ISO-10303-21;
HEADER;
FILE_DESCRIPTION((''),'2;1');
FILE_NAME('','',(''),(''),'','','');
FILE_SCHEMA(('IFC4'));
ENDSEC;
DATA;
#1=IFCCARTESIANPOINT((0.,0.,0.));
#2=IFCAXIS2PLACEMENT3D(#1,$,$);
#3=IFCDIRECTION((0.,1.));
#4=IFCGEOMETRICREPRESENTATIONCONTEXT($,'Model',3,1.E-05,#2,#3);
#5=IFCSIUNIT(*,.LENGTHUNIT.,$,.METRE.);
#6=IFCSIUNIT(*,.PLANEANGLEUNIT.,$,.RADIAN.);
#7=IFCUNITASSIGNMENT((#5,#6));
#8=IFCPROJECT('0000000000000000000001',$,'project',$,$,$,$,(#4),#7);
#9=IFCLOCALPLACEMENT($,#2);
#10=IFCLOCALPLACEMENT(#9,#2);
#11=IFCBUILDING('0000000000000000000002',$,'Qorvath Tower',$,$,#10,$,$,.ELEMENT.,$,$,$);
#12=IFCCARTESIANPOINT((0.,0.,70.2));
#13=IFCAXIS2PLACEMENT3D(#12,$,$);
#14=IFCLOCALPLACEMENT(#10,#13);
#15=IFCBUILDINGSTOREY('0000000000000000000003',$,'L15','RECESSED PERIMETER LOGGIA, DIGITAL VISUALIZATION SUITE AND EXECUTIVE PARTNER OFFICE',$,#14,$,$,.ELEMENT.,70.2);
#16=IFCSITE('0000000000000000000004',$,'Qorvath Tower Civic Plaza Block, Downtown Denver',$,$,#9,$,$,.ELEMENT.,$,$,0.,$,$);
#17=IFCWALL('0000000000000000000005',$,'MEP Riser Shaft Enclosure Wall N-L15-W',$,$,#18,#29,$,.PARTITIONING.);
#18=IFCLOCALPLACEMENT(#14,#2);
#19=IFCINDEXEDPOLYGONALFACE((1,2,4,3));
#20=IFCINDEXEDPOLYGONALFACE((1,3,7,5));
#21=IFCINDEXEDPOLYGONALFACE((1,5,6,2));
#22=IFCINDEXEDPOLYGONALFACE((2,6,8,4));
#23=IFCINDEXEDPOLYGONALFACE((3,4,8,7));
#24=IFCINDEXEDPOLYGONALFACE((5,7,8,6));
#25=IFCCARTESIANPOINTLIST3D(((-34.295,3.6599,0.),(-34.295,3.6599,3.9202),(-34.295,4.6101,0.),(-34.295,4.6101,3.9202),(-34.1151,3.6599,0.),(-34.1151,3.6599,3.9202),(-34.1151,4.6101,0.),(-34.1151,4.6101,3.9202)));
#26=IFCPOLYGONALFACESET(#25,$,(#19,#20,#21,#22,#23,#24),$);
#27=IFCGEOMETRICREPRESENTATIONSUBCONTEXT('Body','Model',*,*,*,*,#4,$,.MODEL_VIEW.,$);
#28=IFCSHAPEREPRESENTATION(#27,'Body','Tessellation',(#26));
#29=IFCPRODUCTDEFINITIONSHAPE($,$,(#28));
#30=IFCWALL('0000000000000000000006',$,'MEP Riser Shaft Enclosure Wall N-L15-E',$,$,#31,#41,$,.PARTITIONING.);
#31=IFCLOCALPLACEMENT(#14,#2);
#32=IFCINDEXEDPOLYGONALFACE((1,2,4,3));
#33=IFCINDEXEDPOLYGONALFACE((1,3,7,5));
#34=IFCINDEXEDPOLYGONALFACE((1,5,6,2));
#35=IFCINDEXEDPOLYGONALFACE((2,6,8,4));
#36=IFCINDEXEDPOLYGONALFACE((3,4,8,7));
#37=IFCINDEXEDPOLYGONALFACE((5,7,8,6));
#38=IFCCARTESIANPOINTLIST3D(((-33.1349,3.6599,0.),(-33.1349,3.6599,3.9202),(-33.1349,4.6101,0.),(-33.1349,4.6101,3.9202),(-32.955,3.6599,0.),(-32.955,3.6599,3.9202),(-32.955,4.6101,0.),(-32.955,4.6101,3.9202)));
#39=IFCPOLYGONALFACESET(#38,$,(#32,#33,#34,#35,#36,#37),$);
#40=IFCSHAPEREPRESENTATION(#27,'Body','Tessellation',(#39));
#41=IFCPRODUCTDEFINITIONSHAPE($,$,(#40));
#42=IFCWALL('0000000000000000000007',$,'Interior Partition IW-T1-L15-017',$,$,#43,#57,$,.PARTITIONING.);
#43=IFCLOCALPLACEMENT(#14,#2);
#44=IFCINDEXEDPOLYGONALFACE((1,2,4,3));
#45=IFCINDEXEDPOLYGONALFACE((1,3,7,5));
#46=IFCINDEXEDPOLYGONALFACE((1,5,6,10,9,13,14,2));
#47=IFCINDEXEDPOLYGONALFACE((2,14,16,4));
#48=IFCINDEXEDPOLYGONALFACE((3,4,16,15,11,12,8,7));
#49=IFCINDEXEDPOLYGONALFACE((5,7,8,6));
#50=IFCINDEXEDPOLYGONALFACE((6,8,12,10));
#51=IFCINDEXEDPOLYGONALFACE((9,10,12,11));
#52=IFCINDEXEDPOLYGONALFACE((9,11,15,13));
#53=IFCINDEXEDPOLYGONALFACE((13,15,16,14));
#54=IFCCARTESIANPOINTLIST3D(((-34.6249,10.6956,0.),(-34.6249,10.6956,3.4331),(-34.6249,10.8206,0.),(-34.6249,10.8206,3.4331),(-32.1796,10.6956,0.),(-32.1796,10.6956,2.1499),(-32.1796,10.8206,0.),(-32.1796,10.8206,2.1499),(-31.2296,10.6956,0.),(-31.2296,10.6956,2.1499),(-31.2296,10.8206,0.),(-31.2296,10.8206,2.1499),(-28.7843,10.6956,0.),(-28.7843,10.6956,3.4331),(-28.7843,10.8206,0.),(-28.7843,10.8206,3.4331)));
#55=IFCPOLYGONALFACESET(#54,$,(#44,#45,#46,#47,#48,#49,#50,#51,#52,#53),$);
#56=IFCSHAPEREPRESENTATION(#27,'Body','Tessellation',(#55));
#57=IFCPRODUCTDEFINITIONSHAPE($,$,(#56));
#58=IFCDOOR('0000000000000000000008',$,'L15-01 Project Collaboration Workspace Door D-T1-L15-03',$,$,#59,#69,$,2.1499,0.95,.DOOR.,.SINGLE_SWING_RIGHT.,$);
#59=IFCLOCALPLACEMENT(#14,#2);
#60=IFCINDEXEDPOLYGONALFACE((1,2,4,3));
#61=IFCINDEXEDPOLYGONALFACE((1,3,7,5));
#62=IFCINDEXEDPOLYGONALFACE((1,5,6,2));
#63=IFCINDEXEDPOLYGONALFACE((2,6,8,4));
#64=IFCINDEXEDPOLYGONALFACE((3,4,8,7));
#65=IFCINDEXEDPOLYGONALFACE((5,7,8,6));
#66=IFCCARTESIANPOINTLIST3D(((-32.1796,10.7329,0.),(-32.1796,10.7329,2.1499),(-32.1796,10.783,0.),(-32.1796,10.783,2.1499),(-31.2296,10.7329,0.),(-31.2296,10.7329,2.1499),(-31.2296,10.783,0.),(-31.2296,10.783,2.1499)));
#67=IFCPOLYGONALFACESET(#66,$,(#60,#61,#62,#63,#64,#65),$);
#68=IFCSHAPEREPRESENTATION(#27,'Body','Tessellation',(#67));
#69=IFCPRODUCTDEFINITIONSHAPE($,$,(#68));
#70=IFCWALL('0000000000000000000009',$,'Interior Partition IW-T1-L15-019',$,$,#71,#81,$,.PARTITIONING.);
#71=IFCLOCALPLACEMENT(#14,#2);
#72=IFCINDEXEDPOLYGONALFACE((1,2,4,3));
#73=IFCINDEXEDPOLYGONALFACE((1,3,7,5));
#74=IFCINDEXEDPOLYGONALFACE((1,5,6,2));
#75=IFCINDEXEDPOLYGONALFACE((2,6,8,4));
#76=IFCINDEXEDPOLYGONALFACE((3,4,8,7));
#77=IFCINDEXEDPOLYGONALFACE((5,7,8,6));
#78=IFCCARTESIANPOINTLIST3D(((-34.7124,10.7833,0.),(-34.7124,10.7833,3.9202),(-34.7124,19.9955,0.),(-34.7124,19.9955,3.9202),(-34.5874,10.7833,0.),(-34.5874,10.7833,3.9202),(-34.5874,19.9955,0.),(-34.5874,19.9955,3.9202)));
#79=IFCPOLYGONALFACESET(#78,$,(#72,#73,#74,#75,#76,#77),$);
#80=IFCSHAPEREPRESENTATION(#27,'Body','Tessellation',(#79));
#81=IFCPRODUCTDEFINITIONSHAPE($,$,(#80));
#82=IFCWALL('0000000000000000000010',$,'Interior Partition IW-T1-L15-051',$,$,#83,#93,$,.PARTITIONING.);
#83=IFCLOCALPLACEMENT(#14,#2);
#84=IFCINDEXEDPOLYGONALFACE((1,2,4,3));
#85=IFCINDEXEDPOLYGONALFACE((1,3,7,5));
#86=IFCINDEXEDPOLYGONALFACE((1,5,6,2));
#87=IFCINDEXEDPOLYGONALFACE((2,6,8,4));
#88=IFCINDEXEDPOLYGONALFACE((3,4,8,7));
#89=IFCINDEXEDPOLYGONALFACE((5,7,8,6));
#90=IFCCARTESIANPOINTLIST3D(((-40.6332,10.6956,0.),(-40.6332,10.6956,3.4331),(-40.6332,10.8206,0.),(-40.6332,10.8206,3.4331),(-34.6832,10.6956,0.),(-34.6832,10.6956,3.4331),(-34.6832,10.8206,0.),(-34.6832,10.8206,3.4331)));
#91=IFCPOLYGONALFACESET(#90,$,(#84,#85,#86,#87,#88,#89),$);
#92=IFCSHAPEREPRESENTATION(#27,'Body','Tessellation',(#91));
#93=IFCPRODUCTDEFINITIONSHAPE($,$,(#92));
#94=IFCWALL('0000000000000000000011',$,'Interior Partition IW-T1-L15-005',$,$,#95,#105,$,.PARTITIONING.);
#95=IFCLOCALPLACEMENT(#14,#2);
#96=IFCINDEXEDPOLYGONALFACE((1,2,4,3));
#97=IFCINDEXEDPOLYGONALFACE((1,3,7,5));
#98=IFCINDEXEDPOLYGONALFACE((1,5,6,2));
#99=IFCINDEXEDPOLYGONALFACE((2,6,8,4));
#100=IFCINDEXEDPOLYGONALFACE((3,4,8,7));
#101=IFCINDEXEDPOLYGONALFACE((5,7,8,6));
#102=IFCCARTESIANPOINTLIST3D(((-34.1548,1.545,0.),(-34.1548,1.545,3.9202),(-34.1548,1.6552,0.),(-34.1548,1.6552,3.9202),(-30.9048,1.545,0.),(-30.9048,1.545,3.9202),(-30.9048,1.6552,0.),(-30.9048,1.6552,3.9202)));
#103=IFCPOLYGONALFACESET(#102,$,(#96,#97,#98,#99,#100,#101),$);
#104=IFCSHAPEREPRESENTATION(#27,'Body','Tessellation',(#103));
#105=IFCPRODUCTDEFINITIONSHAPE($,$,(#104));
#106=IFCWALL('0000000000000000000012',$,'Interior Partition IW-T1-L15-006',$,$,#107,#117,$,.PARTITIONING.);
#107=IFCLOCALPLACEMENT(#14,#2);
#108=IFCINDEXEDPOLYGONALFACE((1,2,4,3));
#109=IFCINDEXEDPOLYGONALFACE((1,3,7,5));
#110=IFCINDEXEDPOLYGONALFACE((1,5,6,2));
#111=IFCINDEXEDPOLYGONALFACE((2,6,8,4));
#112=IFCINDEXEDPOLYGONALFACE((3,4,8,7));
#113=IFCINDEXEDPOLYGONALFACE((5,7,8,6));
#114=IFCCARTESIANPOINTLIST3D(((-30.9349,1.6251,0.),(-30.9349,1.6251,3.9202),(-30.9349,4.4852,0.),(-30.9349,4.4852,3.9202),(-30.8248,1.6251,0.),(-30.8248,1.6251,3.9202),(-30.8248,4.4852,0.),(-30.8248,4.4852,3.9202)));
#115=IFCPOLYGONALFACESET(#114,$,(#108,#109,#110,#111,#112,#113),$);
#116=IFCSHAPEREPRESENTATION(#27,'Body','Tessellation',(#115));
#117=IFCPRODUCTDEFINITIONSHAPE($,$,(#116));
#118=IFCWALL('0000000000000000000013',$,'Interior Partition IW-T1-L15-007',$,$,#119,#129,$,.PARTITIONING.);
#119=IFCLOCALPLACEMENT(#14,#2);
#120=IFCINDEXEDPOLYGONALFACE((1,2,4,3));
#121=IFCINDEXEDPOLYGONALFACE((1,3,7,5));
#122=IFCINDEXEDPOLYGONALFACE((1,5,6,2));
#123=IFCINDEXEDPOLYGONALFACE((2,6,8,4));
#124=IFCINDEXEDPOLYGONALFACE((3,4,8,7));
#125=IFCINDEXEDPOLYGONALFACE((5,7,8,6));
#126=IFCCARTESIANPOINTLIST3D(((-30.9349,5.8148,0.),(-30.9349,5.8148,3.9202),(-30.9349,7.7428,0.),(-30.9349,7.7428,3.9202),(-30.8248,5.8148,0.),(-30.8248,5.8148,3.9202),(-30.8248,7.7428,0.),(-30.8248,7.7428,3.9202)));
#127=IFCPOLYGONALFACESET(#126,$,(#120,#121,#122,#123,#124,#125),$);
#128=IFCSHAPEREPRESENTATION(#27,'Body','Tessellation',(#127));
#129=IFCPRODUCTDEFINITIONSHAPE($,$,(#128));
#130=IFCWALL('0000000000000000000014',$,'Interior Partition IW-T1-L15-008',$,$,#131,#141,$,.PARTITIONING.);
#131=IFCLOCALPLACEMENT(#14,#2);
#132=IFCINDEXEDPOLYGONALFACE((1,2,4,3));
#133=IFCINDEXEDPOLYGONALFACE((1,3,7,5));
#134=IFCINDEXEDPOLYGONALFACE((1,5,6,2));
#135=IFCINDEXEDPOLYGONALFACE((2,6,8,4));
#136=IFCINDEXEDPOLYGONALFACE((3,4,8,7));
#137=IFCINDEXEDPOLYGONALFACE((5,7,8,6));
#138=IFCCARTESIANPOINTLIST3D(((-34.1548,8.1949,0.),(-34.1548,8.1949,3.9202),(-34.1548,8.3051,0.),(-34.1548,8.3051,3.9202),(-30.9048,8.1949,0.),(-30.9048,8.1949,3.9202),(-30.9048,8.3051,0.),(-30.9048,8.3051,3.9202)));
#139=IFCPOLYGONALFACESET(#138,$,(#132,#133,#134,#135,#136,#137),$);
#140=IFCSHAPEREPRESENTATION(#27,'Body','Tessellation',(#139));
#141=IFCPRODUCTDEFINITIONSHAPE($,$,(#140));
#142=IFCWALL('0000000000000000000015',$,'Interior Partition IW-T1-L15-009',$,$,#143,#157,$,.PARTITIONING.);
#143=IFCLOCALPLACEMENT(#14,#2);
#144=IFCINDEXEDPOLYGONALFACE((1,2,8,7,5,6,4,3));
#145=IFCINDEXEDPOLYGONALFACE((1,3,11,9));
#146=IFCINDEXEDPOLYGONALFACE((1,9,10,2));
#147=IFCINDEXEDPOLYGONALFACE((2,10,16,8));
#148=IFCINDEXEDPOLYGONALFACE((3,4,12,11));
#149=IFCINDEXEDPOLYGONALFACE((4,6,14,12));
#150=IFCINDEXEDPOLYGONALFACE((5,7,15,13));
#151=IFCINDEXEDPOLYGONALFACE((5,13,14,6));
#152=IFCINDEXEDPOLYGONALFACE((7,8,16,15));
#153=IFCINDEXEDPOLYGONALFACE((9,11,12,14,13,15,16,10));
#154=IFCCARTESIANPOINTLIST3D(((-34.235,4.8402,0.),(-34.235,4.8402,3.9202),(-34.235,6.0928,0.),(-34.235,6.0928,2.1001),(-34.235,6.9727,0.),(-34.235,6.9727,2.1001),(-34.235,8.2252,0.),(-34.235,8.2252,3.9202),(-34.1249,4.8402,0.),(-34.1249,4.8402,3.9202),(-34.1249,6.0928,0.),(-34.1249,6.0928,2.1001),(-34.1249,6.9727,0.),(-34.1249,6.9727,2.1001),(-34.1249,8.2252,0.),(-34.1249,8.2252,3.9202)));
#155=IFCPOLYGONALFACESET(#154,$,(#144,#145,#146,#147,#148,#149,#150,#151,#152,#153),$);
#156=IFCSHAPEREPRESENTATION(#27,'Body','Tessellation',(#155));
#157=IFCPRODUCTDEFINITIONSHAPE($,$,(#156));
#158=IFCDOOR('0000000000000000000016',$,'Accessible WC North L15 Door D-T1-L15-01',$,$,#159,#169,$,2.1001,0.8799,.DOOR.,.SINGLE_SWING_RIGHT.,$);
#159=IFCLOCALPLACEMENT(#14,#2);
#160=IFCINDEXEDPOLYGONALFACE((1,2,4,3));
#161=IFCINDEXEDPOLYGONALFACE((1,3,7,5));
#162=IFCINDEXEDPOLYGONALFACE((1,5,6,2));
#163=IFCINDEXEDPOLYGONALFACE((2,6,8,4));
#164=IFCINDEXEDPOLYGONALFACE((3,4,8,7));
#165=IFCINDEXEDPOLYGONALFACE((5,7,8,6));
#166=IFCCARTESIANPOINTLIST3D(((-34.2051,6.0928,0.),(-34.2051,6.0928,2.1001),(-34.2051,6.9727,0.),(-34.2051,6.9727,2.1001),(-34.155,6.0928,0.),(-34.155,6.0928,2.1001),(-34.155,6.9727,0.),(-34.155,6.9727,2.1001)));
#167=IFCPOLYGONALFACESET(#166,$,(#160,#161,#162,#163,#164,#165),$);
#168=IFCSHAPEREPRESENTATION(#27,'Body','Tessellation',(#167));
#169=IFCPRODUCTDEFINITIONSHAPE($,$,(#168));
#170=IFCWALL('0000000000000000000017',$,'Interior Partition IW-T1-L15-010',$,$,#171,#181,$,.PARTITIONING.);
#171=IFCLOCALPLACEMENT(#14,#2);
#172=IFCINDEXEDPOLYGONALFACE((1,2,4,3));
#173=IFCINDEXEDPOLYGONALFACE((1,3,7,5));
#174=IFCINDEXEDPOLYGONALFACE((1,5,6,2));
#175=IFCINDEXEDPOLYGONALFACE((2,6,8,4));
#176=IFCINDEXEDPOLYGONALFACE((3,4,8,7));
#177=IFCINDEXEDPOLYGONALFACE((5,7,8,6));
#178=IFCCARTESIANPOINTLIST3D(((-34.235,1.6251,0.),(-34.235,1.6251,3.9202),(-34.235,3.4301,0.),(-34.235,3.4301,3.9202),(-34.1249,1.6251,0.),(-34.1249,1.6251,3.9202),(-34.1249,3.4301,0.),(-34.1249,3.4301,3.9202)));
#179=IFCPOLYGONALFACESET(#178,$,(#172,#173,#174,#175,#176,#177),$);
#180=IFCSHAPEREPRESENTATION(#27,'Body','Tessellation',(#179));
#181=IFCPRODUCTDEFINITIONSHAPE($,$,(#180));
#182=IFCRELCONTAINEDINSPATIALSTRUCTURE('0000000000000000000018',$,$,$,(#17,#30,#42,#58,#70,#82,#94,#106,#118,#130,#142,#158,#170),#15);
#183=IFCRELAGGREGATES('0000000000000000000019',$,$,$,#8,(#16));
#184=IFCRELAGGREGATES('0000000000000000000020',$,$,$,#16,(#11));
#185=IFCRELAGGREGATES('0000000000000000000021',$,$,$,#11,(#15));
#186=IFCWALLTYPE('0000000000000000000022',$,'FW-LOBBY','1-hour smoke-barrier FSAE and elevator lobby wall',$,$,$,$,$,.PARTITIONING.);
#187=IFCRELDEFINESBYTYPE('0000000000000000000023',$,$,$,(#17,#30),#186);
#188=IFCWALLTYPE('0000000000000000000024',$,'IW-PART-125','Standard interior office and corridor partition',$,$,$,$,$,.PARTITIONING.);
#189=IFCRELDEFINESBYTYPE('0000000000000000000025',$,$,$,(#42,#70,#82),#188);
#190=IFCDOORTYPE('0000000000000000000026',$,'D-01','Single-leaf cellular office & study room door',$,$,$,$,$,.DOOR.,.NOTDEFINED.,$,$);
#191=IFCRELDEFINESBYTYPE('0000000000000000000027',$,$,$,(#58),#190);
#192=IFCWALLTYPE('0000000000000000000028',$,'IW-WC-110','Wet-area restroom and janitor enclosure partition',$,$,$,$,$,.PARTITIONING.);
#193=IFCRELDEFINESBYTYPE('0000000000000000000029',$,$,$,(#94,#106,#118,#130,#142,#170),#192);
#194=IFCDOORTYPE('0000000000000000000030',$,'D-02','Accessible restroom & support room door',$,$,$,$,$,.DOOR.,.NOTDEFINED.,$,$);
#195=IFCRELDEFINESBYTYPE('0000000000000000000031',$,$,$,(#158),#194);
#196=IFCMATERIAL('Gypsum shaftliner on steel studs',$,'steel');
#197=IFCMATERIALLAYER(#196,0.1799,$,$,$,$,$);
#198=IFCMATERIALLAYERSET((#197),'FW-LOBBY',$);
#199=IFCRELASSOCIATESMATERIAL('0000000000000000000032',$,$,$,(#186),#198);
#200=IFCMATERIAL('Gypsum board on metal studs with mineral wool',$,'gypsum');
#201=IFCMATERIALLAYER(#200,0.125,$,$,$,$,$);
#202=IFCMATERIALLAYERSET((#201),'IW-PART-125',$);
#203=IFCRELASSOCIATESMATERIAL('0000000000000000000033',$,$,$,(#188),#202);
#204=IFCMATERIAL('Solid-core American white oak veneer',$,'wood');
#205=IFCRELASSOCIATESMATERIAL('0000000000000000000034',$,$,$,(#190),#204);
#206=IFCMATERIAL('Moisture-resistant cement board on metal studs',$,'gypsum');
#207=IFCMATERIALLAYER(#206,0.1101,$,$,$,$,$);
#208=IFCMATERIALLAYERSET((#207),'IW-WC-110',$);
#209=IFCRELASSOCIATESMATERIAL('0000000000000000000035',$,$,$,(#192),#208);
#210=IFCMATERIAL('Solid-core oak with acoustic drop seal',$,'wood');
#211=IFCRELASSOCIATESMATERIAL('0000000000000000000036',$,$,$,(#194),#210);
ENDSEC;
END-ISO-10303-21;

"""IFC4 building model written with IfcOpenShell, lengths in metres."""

from ifc_helpers import new_model, si_unit, direction, frame, frame_2d, origin, place, context, subcontext, project, spatial, rectangle, extrude, material, layer, layer_set, type_object, element, fill, save


model = new_model("IFC4")

# Units and contexts
model_context = context("Model", 3, precision=1e-05, world=origin(), true_north=direction((0.0, 1.0)))
body_context = subcontext(model_context, "Body", "Model", "MODEL_VIEW")
ifc_project = project(units=[si_unit("LENGTHUNIT", "METRE"), si_unit("PLANEANGLEUNIT", "RADIAN")], contexts=[model_context])

# Site, building, storey
site_placement = place(None, origin())
site = spatial("IfcSite", under=ifc_project, at=site_placement, Name="Qorvath Tower Civic Plaza Block, Downtown Denver", CompositionType="ELEMENT", RefElevation=0.0)
building_placement = place(site_placement, origin())
building = spatial("IfcBuilding", under=site, at=building_placement, Name="Qorvath Tower", CompositionType="ELEMENT")
storey_placement = place(building_placement, frame((0.0, 0.0, 70.2)))
storey = spatial("IfcBuildingStorey", under=building, at=storey_placement, Name="L15", Description="RECESSED PERIMETER LOGGIA, DIGITAL VISUALIZATION SUITE AND EXECUTIVE PARTNER OFFICE", CompositionType="ELEMENT", Elevation=70.2)

# Walls
ifc_material_1 = material(Name="Gypsum shaftliner on steel studs", Category="steel")
ifc_layer_1 = layer(ifc_material_1, 0.1799)
ifc_layer_set_1 = layer_set([ifc_layer_1], Name="FW-LOBBY")
wall_type_1 = type_object("IfcWallType", Name="FW-LOBBY", Description="1-hour smoke-barrier FSAE and elevator lobby wall", PredefinedType="PARTITIONING", material=ifc_layer_set_1)
for number, where, z_axis, x_axis, name in (
    (1, (-34.2051, 3.6599, 0.0), (0.0, 0.0, 1.0), (0.0, 1.0, 0.0), "MEP Riser Shaft Enclosure Wall N-L15-W"),
    (2, (-33.0449, 4.6101, 0.0), (0.0, 0.0, 1.0), (0.0, -1.0, 0.0), "MEP Riser Shaft Enclosure Wall N-L15-E"),
):
    element("IfcWall", number, at=place(storey_placement, frame(where, z_axis=z_axis, x_axis=x_axis)), inside=storey, type_object=wall_type_1, Name=name, PredefinedType="PARTITIONING", context=body_context, shape_type="SweptSolid", body=[
        extrude(rectangle(XDim=0.9502, YDim=0.1799, at=frame_2d((0.4751, 0.0))), origin(), (0.0, 0.0, 1.0), 3.9202),
    ])

# Wall, opening, door
ifc_material_2 = material(Name="Gypsum board on metal studs with mineral wool", Category="gypsum")
ifc_layer_2 = layer(ifc_material_2, 0.125)
ifc_layer_set_2 = layer_set([ifc_layer_2], Name="IW-PART-125")
wall_type_2 = type_object("IfcWallType", Name="IW-PART-125", Description="Standard interior office and corridor partition", PredefinedType="PARTITIONING", material=ifc_layer_set_2)
wall_1_placement = place(storey_placement, frame((-34.625, 10.7581, 0.0), z_axis=(0.0, 0.0, 1.0), x_axis=(1.0, 0.0, 0.0)))
wall_1 = element("IfcWall", 3, at=wall_1_placement, inside=storey, type_object=wall_type_2, Name="Interior Partition IW-T1-L15-017", PredefinedType="PARTITIONING", context=body_context, shape_type="SweptSolid", body=[
    extrude(rectangle(XDim=5.8406, YDim=0.125, at=frame_2d((2.9204, 0.0))), origin(), (0.0, 0.0, 1.0), 3.4331),
])
opening_1_placement = place(wall_1_placement, frame((2.4453, 0.0, 0.0)))
opening_1 = element("IfcOpeningElement", 4, at=opening_1_placement, cuts=wall_1, PredefinedType="OPENING", context=body_context, shape_type="SweptSolid", body=[
    extrude(rectangle(XDim=0.95, YDim=2.1499, at=frame_2d((0.4751, 1.075))), frame((0.0, 0.0725, 0.0), z_axis=(0.0, -1.0, 0.0), x_axis=(1.0, 0.0, 0.0)), (0.0, 0.0, 1.0), 0.145),
])
ifc_material_3 = material(Name="Solid-core American white oak veneer", Category="wood")
door_type_1 = type_object("IfcDoorType", Name="D-01", Description="Single-leaf cellular office & study room door", OperationType="NOTDEFINED", PredefinedType="DOOR", material=ifc_material_3)
door_1_placement = place(opening_1_placement, origin())
door_1 = element("IfcDoor", 5, at=door_1_placement, inside=storey, type_object=door_type_1, Name="L15-01 Project Collaboration Workspace Door D-T1-L15-03", OperationType="SINGLE_SWING_RIGHT", OverallHeight=2.1499, OverallWidth=0.95, PredefinedType="DOOR", context=body_context, shape_type="SweptSolid", body=[
    extrude(rectangle(XDim=0.95, YDim=2.1499, at=frame_2d((0.4751, 1.075))), frame((0.0, 0.0249, 0.0), z_axis=(0.0, -1.0, 0.0), x_axis=(1.0, 0.0, 0.0)), (0.0, 0.0, 1.0), 0.05),
])
fill(opening_1, door_1)

# Walls
wall_2_placement = place(storey_placement, frame((-34.6499, 19.9954, 0.0), z_axis=(0.0, 0.0, 1.0), x_axis=(0.0, -1.0, 0.0)))
element("IfcWall", 6, at=wall_2_placement, inside=storey, type_object=wall_type_2, Name="Interior Partition IW-T1-L15-019", PredefinedType="PARTITIONING", context=body_context, shape_type="SweptSolid", body=[
    extrude(rectangle(XDim=9.2122, YDim=0.125, at=frame_2d((4.606, 0.0))), origin(), (0.0, 0.0, 1.0), 3.9202),
])
wall_3_placement = place(storey_placement, frame((-34.6831, 10.7581, 0.0), z_axis=(0.0, 0.0, 1.0), x_axis=(-1.0, 0.0, 0.0)))
element("IfcWall", 7, at=wall_3_placement, inside=storey, type_object=wall_type_2, Name="Interior Partition IW-T1-L15-051", PredefinedType="PARTITIONING", context=body_context, shape_type="SweptSolid", body=[
    extrude(rectangle(XDim=5.95, YDim=0.125, at=frame_2d((2.9751, 0.0))), origin(), (0.0, 0.0, 1.0), 3.4331),
])
ifc_material_4 = material(Name="Moisture-resistant cement board on metal studs", Category="gypsum")
ifc_layer_3 = layer(ifc_material_4, 0.1101)
ifc_layer_set_3 = layer_set([ifc_layer_3], Name="IW-WC-110")
wall_type_3 = type_object("IfcWallType", Name="IW-WC-110", Description="Wet-area restroom and janitor enclosure partition", PredefinedType="PARTITIONING", material=ifc_layer_set_3)
wall_4_placement = place(storey_placement, frame((-34.1548, 1.6001, 0.0), z_axis=(0.0, 0.0, 1.0), x_axis=(1.0, 0.0, 0.0)))
element("IfcWall", 8, at=wall_4_placement, inside=storey, type_object=wall_type_3, Name="Interior Partition IW-T1-L15-005", PredefinedType="PARTITIONING", context=body_context, shape_type="SweptSolid", body=[
    extrude(rectangle(XDim=3.25, YDim=0.1101, at=frame_2d((1.625, 0.0))), origin(), (0.0, 0.0, 1.0), 3.9202),
])
wall_5_placement = place(storey_placement, frame((-30.8799, 1.625, 0.0), z_axis=(0.0, 0.0, 1.0), x_axis=(0.0, 1.0, 0.0)))
element("IfcWall", 9, at=wall_5_placement, inside=storey, type_object=wall_type_3, Name="Interior Partition IW-T1-L15-006", PredefinedType="PARTITIONING", context=body_context, shape_type="SweptSolid", body=[
    extrude(rectangle(XDim=2.8601, YDim=0.1101, at=frame_2d((1.4302, 0.0))), origin(), (0.0, 0.0, 1.0), 3.9202),
])
wall_6_placement = place(storey_placement, frame((-30.8799, 5.8149, 0.0), z_axis=(0.0, 0.0, 1.0), x_axis=(0.0, 1.0, 0.0)))
element("IfcWall", 10, at=wall_6_placement, inside=storey, type_object=wall_type_3, Name="Interior Partition IW-T1-L15-007", PredefinedType="PARTITIONING", context=body_context, shape_type="SweptSolid", body=[
    extrude(rectangle(XDim=1.928, YDim=0.1101, at=frame_2d((0.9639, 0.0))), origin(), (0.0, 0.0, 1.0), 3.9202),
])
wall_7_placement = place(storey_placement, frame((-30.9048, 8.25, 0.0), z_axis=(0.0, 0.0, 1.0), x_axis=(-1.0, 0.0, 0.0)))
element("IfcWall", 11, at=wall_7_placement, inside=storey, type_object=wall_type_3, Name="Interior Partition IW-T1-L15-008", PredefinedType="PARTITIONING", context=body_context, shape_type="SweptSolid", body=[
    extrude(rectangle(XDim=3.25, YDim=0.1101, at=frame_2d((1.625, 0.0))), origin(), (0.0, 0.0, 1.0), 3.9202),
])

# Wall, opening, door
wall_8_placement = place(storey_placement, frame((-34.1799, 8.2251, 0.0), z_axis=(0.0, 0.0, 1.0), x_axis=(0.0, -1.0, 0.0)))
wall_8 = element("IfcWall", 12, at=wall_8_placement, inside=storey, type_object=wall_type_3, Name="Interior Partition IW-T1-L15-009", PredefinedType="PARTITIONING", context=body_context, shape_type="SweptSolid", body=[
    extrude(rectangle(XDim=3.385, YDim=0.1101, at=frame_2d((1.6924, 0.0))), origin(), (0.0, 0.0, 1.0), 3.9202),
])
opening_2_placement = place(wall_8_placement, frame((1.2524, 0.0, 0.0)))
opening_2 = element("IfcOpeningElement", 13, at=opening_2_placement, cuts=wall_8, PredefinedType="OPENING", context=body_context, shape_type="SweptSolid", body=[
    extrude(rectangle(XDim=0.8799, YDim=2.1001, at=frame_2d((0.4399, 1.05))), frame((0.0, 0.0649, 0.0), z_axis=(0.0, -1.0, 0.0), x_axis=(1.0, 0.0, 0.0)), (0.0, 0.0, 1.0), 0.1301),
])
ifc_material_5 = material(Name="Solid-core oak with acoustic drop seal", Category="wood")
door_type_2 = type_object("IfcDoorType", Name="D-02", Description="Accessible restroom & support room door", OperationType="NOTDEFINED", PredefinedType="DOOR", material=ifc_material_5)
door_2_placement = place(opening_2_placement, origin())
door_2 = element("IfcDoor", 14, at=door_2_placement, inside=storey, type_object=door_type_2, Name="Accessible WC North L15 Door D-T1-L15-01", OperationType="SINGLE_SWING_RIGHT", OverallHeight=2.1001, OverallWidth=0.8799, PredefinedType="DOOR", context=body_context, shape_type="SweptSolid", body=[
    extrude(rectangle(XDim=0.8799, YDim=2.1001, at=frame_2d((0.4399, 1.05))), frame((0.0, 0.0249, 0.0), z_axis=(0.0, -1.0, 0.0), x_axis=(1.0, 0.0, 0.0)), (0.0, 0.0, 1.0), 0.05),
])
fill(opening_2, door_2)

# Wall
wall_9_placement = place(storey_placement, frame((-34.1799, 3.4299, 0.0), z_axis=(0.0, 0.0, 1.0), x_axis=(0.0, -1.0, 0.0)))
element("IfcWall", 15, at=wall_9_placement, inside=storey, type_object=wall_type_3, Name="Interior Partition IW-T1-L15-010", PredefinedType="PARTITIONING", context=body_context, shape_type="SweptSolid", body=[
    extrude(rectangle(XDim=1.8049, YDim=0.1101, at=frame_2d((0.9023, 0.0))), origin(), (0.0, 0.0, 1.0), 3.9202),
])

save(model, "model.ifc")
